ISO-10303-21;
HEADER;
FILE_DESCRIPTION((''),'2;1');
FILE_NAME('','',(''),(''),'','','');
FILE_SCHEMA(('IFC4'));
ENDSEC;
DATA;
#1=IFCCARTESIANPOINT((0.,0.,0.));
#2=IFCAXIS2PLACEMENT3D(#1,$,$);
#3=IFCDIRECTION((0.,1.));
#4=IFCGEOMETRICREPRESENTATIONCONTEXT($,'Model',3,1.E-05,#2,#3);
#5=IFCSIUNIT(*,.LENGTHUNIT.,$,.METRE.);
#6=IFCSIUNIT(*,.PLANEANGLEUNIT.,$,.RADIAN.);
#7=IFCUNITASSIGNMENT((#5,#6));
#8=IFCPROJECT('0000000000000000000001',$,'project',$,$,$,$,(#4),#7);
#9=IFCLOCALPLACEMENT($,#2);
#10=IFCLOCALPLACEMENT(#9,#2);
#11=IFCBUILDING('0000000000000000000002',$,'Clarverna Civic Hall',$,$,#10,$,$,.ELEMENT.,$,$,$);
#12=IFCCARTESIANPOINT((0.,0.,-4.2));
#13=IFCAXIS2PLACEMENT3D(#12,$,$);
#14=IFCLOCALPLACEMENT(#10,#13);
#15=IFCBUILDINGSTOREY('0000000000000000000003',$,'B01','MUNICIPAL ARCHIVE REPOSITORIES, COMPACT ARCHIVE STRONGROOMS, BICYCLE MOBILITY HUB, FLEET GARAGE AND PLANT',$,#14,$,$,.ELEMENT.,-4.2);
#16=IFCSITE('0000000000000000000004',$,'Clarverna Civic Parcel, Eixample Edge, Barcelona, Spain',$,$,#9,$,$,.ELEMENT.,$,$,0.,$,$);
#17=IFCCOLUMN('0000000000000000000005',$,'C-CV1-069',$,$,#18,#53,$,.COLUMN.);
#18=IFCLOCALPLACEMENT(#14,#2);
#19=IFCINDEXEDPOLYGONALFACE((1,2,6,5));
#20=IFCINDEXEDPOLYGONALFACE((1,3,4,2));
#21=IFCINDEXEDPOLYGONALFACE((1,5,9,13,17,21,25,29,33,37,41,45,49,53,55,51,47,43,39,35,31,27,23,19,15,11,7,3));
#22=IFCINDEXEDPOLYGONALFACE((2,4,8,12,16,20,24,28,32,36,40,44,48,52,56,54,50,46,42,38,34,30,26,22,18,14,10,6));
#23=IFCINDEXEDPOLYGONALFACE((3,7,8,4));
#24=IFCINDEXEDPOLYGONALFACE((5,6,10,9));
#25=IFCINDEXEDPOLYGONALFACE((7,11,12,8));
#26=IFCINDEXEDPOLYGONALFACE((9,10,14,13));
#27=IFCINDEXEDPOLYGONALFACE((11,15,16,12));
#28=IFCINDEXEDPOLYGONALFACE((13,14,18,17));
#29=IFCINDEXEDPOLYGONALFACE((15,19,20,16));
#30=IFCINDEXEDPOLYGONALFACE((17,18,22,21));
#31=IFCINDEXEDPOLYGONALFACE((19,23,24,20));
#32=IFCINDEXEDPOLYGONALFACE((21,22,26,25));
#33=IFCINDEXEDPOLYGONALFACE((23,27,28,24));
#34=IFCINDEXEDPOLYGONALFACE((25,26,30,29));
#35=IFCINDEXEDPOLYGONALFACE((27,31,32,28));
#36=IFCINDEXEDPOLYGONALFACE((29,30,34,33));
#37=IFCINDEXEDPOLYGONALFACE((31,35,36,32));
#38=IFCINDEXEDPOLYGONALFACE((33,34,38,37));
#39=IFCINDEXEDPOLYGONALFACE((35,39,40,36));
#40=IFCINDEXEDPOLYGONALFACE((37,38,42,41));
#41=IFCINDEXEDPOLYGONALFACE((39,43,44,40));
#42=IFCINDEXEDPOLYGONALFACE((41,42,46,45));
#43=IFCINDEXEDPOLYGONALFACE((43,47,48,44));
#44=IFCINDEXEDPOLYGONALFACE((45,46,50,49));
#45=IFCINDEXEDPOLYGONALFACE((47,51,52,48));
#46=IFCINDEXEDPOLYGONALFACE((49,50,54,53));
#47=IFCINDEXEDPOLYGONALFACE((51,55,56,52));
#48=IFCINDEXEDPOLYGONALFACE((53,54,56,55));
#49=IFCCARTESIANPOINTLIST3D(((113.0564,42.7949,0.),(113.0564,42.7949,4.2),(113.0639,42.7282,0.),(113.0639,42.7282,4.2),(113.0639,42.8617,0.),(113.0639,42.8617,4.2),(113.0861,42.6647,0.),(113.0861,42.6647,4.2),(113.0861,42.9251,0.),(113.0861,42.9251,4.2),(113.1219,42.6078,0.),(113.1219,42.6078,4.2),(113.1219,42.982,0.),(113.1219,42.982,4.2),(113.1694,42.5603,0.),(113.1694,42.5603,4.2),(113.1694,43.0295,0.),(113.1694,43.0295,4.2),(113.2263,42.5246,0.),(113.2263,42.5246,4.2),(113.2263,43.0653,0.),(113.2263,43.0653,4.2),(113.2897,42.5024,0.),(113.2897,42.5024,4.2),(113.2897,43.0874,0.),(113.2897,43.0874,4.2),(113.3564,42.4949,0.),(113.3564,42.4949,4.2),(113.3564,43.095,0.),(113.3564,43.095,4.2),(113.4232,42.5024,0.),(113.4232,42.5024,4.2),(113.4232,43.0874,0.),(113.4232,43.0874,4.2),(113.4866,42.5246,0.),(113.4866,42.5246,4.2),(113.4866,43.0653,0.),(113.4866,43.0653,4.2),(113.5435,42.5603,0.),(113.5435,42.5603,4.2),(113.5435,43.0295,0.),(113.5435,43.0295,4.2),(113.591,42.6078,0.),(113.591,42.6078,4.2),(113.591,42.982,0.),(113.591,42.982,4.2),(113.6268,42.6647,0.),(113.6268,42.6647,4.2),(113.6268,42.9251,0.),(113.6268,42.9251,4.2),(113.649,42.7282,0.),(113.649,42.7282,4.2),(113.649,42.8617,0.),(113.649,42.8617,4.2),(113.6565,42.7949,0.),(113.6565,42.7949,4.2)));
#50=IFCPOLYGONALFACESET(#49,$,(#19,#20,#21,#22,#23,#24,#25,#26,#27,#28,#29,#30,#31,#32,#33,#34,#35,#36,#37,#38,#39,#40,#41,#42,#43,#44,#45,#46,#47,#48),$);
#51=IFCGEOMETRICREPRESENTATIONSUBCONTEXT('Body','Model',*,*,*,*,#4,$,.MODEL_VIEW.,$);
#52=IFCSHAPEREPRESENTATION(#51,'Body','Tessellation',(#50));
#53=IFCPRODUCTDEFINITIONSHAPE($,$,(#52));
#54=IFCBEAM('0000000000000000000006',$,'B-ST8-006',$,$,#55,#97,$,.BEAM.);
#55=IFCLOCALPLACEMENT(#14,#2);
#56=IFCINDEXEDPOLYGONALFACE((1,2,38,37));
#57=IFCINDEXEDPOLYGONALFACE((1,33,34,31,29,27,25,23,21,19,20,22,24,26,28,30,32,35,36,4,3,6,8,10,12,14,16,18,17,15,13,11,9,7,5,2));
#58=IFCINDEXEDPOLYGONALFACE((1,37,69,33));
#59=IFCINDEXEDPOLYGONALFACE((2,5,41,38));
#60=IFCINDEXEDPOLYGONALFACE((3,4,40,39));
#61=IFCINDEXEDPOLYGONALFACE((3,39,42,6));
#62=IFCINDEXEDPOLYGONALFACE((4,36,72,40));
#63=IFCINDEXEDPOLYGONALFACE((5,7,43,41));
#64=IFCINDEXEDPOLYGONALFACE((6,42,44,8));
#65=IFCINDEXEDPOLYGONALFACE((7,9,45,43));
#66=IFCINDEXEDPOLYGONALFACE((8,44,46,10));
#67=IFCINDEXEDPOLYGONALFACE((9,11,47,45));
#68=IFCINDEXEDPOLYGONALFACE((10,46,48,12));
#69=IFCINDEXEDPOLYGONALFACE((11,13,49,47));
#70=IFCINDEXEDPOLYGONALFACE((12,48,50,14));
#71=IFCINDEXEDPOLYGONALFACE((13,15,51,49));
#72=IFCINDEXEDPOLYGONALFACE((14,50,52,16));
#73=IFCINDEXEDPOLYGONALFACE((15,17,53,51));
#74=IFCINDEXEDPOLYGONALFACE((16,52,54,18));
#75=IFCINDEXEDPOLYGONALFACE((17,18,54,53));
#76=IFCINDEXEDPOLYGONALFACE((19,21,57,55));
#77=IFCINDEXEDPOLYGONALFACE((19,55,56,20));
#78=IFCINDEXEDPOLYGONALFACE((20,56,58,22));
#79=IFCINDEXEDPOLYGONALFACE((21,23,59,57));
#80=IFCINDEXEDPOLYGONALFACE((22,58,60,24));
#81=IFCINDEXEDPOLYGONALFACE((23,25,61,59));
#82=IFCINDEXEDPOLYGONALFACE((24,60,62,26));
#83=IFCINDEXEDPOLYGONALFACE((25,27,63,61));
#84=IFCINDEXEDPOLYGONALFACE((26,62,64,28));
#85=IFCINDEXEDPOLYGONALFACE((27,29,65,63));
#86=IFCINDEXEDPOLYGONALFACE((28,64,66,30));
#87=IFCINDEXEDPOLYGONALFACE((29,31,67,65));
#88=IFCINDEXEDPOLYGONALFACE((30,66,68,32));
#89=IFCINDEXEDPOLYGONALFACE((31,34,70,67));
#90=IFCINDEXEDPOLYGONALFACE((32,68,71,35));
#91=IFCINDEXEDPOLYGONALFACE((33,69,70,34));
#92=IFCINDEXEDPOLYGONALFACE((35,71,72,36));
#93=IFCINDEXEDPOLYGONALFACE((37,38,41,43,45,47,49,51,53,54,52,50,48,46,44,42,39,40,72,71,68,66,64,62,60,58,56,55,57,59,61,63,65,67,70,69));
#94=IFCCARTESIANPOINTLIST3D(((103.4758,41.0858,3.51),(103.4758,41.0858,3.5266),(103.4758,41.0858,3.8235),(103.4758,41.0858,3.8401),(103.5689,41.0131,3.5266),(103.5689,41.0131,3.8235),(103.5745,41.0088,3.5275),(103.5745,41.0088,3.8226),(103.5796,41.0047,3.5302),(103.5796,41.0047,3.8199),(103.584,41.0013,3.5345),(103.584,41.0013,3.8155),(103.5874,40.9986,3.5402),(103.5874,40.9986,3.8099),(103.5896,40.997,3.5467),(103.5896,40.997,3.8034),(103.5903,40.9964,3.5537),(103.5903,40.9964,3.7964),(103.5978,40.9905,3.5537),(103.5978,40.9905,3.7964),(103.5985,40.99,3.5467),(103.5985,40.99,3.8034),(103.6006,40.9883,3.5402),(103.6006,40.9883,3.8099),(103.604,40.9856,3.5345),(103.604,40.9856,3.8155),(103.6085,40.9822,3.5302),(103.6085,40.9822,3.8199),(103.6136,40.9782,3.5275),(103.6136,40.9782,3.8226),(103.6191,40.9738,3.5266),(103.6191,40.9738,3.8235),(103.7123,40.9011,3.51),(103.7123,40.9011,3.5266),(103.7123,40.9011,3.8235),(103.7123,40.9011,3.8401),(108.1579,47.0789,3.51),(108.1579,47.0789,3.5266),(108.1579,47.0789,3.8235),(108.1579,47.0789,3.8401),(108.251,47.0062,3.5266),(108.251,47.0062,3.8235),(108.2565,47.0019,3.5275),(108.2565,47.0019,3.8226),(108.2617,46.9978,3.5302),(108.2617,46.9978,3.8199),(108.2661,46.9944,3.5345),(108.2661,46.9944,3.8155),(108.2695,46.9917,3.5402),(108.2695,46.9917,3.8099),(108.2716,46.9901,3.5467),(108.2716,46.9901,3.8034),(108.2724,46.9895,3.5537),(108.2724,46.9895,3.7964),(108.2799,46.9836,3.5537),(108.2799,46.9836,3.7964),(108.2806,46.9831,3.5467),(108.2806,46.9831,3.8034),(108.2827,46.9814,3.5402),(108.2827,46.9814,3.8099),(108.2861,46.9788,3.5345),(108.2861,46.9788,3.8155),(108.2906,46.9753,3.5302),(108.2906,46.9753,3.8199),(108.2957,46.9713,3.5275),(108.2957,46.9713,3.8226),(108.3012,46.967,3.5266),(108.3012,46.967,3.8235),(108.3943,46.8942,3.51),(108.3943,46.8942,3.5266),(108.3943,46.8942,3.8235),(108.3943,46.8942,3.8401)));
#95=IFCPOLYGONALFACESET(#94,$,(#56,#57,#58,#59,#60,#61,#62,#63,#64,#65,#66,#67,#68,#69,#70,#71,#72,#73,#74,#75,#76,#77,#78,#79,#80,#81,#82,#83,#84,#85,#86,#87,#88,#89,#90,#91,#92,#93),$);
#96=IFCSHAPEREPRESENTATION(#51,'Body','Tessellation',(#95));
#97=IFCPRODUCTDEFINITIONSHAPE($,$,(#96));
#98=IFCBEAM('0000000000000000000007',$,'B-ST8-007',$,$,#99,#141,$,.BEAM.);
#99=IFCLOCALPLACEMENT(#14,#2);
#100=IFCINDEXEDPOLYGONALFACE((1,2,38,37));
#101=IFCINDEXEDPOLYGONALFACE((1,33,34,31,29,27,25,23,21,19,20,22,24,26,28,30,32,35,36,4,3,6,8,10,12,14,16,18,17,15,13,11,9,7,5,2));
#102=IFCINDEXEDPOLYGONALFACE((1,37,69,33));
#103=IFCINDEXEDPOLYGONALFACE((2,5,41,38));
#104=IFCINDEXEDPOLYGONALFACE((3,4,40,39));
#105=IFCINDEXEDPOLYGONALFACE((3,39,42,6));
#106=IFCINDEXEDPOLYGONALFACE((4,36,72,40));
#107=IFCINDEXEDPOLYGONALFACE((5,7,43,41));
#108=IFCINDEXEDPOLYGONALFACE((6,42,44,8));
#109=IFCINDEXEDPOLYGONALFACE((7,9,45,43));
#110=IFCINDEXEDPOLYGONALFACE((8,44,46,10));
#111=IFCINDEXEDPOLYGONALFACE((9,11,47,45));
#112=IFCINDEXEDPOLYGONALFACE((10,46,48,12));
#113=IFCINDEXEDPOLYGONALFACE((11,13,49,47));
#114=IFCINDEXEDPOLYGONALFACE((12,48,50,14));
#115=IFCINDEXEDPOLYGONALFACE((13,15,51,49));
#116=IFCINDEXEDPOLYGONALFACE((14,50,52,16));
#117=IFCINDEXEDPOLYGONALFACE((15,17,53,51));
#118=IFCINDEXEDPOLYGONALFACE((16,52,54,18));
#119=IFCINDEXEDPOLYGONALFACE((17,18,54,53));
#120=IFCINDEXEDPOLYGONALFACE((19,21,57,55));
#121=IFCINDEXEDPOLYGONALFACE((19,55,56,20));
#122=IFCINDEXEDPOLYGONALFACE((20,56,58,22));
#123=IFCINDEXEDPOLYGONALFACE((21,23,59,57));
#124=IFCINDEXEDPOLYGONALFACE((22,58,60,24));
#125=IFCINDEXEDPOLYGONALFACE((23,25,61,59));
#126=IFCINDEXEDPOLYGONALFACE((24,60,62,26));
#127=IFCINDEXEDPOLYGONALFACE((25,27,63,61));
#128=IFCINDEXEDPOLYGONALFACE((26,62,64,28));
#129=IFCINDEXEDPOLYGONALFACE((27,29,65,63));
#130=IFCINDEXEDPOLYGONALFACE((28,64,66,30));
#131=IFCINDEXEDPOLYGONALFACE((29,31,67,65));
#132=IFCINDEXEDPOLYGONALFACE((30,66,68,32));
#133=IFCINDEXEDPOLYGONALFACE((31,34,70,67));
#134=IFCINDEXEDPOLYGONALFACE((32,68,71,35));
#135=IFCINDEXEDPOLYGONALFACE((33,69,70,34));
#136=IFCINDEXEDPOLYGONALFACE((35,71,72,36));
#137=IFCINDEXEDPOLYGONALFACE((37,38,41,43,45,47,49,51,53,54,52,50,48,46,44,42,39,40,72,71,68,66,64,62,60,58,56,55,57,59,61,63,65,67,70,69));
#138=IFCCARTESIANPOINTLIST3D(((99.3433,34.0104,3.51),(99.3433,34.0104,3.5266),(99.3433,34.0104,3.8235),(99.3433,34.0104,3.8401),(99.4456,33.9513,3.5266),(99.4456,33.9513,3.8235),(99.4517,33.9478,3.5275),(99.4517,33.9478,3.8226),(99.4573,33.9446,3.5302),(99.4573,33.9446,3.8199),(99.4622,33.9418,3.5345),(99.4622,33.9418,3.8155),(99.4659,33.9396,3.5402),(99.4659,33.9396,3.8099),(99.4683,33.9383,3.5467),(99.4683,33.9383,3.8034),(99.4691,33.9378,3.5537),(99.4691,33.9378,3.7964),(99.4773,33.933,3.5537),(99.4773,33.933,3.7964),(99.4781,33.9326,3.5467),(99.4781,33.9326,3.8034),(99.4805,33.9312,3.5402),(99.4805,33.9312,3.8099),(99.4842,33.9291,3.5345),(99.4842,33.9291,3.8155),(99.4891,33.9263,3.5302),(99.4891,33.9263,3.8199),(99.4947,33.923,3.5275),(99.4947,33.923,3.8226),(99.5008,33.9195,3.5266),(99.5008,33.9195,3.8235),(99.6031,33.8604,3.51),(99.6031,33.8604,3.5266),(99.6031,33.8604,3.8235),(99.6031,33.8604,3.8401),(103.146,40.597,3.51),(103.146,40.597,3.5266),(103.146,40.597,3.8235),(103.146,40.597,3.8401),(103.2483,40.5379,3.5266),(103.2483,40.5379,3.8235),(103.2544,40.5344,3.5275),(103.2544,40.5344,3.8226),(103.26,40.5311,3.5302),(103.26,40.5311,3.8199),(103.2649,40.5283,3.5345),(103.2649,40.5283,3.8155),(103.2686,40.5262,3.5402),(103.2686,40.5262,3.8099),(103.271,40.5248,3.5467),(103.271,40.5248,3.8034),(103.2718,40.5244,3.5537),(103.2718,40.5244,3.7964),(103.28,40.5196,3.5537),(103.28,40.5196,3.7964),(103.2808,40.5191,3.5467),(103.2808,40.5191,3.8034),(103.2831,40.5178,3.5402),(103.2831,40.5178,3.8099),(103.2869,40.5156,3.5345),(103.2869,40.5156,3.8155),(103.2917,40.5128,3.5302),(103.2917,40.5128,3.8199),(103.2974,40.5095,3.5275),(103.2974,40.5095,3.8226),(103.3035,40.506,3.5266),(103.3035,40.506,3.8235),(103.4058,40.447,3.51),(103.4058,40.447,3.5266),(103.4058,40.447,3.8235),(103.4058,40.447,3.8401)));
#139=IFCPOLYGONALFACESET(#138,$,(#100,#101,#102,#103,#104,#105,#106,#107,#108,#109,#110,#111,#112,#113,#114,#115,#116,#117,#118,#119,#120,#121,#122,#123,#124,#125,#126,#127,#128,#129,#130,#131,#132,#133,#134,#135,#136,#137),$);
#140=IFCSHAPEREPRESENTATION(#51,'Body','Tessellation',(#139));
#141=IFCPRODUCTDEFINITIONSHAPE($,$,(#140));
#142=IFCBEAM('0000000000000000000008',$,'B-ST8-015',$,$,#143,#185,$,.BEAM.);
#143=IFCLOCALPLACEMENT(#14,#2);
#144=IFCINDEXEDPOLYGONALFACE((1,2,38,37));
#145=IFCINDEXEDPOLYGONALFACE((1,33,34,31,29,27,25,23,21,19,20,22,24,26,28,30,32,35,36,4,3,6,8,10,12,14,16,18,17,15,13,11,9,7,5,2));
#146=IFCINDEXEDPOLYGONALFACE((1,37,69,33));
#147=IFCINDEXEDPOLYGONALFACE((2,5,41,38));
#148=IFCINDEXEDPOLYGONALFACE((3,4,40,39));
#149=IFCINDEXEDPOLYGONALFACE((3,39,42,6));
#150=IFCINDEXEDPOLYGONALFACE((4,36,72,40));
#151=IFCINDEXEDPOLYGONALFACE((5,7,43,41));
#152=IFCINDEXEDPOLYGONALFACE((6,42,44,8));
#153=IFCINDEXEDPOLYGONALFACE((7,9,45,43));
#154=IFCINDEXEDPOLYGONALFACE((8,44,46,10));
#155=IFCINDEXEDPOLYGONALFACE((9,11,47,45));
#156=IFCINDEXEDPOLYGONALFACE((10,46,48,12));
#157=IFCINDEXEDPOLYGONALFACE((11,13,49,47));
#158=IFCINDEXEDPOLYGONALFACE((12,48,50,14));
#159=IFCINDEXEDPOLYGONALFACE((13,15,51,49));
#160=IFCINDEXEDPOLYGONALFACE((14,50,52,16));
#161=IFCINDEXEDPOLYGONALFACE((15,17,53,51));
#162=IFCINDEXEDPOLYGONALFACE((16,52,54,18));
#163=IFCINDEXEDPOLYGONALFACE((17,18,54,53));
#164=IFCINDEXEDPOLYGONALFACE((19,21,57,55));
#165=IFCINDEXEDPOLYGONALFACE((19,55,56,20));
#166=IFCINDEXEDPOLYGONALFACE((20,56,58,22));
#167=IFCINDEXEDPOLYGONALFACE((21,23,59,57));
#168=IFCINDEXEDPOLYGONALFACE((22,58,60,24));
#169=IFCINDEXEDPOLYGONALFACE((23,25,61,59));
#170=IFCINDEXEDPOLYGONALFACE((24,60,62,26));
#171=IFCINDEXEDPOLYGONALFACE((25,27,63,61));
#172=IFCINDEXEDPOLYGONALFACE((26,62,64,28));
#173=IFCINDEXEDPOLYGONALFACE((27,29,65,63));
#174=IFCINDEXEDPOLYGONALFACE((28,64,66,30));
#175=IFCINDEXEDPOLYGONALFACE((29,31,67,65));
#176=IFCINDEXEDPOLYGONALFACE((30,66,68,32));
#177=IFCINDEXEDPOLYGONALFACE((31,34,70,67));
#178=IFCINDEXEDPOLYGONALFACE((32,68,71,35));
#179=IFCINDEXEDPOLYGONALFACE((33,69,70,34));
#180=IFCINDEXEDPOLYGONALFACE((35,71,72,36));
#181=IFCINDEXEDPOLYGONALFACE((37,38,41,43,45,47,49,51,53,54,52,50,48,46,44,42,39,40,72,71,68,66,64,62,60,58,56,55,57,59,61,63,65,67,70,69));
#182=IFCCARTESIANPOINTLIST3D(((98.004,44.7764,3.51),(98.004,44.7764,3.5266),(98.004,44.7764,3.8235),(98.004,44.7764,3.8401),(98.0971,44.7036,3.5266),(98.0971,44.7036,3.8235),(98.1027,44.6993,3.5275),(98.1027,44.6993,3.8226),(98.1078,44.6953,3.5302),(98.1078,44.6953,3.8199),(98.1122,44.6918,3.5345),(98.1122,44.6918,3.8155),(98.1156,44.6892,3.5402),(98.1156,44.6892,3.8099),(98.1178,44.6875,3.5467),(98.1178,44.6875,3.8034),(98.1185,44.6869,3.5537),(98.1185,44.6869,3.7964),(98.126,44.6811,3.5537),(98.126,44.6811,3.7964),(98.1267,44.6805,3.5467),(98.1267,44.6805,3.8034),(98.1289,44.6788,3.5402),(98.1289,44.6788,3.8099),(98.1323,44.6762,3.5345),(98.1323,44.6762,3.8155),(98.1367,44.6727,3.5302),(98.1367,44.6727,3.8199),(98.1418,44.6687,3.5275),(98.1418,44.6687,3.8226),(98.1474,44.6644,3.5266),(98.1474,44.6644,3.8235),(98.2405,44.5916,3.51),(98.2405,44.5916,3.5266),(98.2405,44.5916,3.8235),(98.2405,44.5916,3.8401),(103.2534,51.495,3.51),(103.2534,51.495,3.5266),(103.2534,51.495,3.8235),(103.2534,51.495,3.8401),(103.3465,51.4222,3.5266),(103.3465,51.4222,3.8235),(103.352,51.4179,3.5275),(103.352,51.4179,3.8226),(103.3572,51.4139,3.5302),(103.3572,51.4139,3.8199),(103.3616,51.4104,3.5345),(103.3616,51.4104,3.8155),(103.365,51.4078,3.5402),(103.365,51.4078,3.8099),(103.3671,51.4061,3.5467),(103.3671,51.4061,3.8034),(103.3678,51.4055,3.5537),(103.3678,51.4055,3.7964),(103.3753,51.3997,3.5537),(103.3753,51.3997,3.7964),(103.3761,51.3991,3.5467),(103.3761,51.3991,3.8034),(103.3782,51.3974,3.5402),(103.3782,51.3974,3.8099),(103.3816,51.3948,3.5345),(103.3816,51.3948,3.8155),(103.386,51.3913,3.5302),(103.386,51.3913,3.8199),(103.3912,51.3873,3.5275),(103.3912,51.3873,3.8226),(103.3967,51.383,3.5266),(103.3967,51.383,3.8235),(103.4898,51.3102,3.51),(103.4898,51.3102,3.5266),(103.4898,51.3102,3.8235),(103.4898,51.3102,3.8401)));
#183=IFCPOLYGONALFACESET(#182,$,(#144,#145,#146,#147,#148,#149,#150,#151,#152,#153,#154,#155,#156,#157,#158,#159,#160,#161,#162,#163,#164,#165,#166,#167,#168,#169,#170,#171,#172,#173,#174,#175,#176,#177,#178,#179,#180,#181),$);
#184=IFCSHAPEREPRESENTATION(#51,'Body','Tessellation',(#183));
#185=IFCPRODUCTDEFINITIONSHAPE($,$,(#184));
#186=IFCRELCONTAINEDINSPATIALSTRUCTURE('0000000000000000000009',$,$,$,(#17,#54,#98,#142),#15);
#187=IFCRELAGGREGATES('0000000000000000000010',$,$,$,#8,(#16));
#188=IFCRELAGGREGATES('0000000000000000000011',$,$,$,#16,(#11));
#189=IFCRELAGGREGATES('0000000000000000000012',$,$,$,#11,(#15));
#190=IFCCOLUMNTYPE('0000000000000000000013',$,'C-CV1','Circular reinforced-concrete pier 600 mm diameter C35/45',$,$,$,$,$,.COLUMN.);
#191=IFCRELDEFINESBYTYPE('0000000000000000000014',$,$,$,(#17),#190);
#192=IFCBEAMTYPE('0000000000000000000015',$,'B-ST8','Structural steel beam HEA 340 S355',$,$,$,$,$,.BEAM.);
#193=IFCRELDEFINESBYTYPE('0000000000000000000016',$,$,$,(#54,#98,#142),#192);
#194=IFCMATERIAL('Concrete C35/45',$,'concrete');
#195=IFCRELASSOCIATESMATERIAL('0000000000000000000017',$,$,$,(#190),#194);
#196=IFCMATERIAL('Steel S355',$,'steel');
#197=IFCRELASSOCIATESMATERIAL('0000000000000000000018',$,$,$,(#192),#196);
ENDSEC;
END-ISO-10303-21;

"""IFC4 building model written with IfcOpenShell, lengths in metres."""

from ifc_helpers import new_model, si_unit, direction, frame, origin, origin_2d, place, context, subcontext, project, spatial, circle, i_section, extrude, material, material_profile, profile_set, type_object, element, save


model = new_model("IFC4")

# Units and contexts
model_context = context("Model", 3, precision=1e-05, world=origin(), true_north=direction((0.0, 1.0)))
body_context = subcontext(model_context, "Body", "Model", "MODEL_VIEW")
ifc_project = project(units=[si_unit("LENGTHUNIT", "METRE"), si_unit("PLANEANGLEUNIT", "RADIAN")], contexts=[model_context])

# Site, building, storey
site_placement = place(None, origin())
site = spatial("IfcSite", under=ifc_project, at=site_placement, Name="Clarverna Civic Parcel, Eixample Edge, Barcelona, Spain", CompositionType="ELEMENT", RefElevation=0.0)
building_placement = place(site_placement, origin())
building = spatial("IfcBuilding", under=site, at=building_placement, Name="Clarverna Civic Hall", CompositionType="ELEMENT")
storey_placement = place(building_placement, frame((0.0, 0.0, -4.2)))
storey = spatial("IfcBuildingStorey", under=building, at=storey_placement, Name="B01", Description="MUNICIPAL ARCHIVE REPOSITORIES, COMPACT ARCHIVE STRONGROOMS, BICYCLE MOBILITY HUB, FLEET GARAGE AND PLANT", CompositionType="ELEMENT", Elevation=-4.2)

# Column
ifc_material_1 = material(Name="Concrete C35/45", Category="concrete")
ifc_material_profile_1 = material_profile(ifc_material_1, circle(Radius=0.3, at=origin_2d()), Name="RC D600")
ifc_profile_set_1 = profile_set([ifc_material_profile_1], Name="Concrete C35/45")
column_type = type_object("IfcColumnType", Name="C-CV1", Description="Circular reinforced-concrete pier 600 mm diameter C35/45", PredefinedType="COLUMN", material=ifc_profile_set_1)
for number, where, z_axis, x_axis, name in (
    (1, (113.3564, 42.7949, 0.0), (0.0, 0.0, 1.0), (1.0, 0.0, 0.0), "C-CV1-069"),
):
    element("IfcColumn", number, at=place(storey_placement, frame(where, z_axis=z_axis, x_axis=x_axis)), inside=storey, type_object=column_type, Name=name, PredefinedType="COLUMN", context=body_context, shape_type="SweptSolid", body=[
        extrude(circle(Radius=0.3, at=origin_2d()), origin(), (0.0, 0.0, 1.0), 4.2),
    ])

# Beams
ifc_material_2 = material(Name="Steel S355", Category="steel")
ifc_material_profile_2 = material_profile(ifc_material_2, i_section(OverallWidth=0.3, OverallDepth=0.3301, WebThickness=0.0095, FlangeThickness=0.0166, FilletRadius=0.0271, at=origin_2d()), Name="HEA 340")
ifc_profile_set_2 = profile_set([ifc_material_profile_2], Name="Steel S355")
beam_type_1 = type_object("IfcBeamType", Name="B-ST8", Description="Structural steel beam HEA 340 S355", PredefinedType="BEAM", material=ifc_profile_set_2)
beam_1_placement = place(storey_placement, frame((108.2761, 46.9866, 3.675), z_axis=(-0.615642, -0.788026, 0.0), x_axis=(0.788026, -0.615642, 0.0)))
element("IfcBeam", 2, at=beam_1_placement, inside=storey, type_object=beam_type_1, Name="B-ST8-006", PredefinedType="BEAM", context=body_context, shape_type="SweptSolid", body=[
    extrude(i_section(OverallWidth=0.3, OverallDepth=0.3301, WebThickness=0.0095, FlangeThickness=0.0166, FilletRadius=0.0271, at=origin_2d()), origin(), (0.0, 0.0, 1.0), 7.6052),
])
beam_2_placement = place(storey_placement, frame((103.2759, 40.522, 3.675), z_axis=(-0.499992, -0.86603, 0.0), x_axis=(0.86603, -0.499992, 0.0)))
element("IfcBeam", 3, at=beam_2_placement, inside=storey, type_object=beam_type_1, Name="B-ST8-007", PredefinedType="BEAM", context=body_context, shape_type="SweptSolid", body=[
    extrude(i_section(OverallWidth=0.3, OverallDepth=0.3301, WebThickness=0.0095, FlangeThickness=0.0166, FilletRadius=0.0271, at=origin_2d()), origin(), (0.0, 0.0, 1.0), 7.6055),
])
beam_3_placement = place(storey_placement, frame((103.3716, 51.4026, 3.675), z_axis=(-0.615676, -0.788, 0.0), x_axis=(0.788, -0.615676, 0.0)))
element("IfcBeam", 4, at=beam_3_placement, inside=storey, type_object=beam_type_1, Name="B-ST8-015", PredefinedType="BEAM", context=body_context, shape_type="SweptSolid", body=[
    extrude(i_section(OverallWidth=0.3, OverallDepth=0.3301, WebThickness=0.0095, FlangeThickness=0.0166, FilletRadius=0.0271, at=origin_2d()), origin(), (0.0, 0.0, 1.0), 8.5261),
])

save(model, "model.ifc")
